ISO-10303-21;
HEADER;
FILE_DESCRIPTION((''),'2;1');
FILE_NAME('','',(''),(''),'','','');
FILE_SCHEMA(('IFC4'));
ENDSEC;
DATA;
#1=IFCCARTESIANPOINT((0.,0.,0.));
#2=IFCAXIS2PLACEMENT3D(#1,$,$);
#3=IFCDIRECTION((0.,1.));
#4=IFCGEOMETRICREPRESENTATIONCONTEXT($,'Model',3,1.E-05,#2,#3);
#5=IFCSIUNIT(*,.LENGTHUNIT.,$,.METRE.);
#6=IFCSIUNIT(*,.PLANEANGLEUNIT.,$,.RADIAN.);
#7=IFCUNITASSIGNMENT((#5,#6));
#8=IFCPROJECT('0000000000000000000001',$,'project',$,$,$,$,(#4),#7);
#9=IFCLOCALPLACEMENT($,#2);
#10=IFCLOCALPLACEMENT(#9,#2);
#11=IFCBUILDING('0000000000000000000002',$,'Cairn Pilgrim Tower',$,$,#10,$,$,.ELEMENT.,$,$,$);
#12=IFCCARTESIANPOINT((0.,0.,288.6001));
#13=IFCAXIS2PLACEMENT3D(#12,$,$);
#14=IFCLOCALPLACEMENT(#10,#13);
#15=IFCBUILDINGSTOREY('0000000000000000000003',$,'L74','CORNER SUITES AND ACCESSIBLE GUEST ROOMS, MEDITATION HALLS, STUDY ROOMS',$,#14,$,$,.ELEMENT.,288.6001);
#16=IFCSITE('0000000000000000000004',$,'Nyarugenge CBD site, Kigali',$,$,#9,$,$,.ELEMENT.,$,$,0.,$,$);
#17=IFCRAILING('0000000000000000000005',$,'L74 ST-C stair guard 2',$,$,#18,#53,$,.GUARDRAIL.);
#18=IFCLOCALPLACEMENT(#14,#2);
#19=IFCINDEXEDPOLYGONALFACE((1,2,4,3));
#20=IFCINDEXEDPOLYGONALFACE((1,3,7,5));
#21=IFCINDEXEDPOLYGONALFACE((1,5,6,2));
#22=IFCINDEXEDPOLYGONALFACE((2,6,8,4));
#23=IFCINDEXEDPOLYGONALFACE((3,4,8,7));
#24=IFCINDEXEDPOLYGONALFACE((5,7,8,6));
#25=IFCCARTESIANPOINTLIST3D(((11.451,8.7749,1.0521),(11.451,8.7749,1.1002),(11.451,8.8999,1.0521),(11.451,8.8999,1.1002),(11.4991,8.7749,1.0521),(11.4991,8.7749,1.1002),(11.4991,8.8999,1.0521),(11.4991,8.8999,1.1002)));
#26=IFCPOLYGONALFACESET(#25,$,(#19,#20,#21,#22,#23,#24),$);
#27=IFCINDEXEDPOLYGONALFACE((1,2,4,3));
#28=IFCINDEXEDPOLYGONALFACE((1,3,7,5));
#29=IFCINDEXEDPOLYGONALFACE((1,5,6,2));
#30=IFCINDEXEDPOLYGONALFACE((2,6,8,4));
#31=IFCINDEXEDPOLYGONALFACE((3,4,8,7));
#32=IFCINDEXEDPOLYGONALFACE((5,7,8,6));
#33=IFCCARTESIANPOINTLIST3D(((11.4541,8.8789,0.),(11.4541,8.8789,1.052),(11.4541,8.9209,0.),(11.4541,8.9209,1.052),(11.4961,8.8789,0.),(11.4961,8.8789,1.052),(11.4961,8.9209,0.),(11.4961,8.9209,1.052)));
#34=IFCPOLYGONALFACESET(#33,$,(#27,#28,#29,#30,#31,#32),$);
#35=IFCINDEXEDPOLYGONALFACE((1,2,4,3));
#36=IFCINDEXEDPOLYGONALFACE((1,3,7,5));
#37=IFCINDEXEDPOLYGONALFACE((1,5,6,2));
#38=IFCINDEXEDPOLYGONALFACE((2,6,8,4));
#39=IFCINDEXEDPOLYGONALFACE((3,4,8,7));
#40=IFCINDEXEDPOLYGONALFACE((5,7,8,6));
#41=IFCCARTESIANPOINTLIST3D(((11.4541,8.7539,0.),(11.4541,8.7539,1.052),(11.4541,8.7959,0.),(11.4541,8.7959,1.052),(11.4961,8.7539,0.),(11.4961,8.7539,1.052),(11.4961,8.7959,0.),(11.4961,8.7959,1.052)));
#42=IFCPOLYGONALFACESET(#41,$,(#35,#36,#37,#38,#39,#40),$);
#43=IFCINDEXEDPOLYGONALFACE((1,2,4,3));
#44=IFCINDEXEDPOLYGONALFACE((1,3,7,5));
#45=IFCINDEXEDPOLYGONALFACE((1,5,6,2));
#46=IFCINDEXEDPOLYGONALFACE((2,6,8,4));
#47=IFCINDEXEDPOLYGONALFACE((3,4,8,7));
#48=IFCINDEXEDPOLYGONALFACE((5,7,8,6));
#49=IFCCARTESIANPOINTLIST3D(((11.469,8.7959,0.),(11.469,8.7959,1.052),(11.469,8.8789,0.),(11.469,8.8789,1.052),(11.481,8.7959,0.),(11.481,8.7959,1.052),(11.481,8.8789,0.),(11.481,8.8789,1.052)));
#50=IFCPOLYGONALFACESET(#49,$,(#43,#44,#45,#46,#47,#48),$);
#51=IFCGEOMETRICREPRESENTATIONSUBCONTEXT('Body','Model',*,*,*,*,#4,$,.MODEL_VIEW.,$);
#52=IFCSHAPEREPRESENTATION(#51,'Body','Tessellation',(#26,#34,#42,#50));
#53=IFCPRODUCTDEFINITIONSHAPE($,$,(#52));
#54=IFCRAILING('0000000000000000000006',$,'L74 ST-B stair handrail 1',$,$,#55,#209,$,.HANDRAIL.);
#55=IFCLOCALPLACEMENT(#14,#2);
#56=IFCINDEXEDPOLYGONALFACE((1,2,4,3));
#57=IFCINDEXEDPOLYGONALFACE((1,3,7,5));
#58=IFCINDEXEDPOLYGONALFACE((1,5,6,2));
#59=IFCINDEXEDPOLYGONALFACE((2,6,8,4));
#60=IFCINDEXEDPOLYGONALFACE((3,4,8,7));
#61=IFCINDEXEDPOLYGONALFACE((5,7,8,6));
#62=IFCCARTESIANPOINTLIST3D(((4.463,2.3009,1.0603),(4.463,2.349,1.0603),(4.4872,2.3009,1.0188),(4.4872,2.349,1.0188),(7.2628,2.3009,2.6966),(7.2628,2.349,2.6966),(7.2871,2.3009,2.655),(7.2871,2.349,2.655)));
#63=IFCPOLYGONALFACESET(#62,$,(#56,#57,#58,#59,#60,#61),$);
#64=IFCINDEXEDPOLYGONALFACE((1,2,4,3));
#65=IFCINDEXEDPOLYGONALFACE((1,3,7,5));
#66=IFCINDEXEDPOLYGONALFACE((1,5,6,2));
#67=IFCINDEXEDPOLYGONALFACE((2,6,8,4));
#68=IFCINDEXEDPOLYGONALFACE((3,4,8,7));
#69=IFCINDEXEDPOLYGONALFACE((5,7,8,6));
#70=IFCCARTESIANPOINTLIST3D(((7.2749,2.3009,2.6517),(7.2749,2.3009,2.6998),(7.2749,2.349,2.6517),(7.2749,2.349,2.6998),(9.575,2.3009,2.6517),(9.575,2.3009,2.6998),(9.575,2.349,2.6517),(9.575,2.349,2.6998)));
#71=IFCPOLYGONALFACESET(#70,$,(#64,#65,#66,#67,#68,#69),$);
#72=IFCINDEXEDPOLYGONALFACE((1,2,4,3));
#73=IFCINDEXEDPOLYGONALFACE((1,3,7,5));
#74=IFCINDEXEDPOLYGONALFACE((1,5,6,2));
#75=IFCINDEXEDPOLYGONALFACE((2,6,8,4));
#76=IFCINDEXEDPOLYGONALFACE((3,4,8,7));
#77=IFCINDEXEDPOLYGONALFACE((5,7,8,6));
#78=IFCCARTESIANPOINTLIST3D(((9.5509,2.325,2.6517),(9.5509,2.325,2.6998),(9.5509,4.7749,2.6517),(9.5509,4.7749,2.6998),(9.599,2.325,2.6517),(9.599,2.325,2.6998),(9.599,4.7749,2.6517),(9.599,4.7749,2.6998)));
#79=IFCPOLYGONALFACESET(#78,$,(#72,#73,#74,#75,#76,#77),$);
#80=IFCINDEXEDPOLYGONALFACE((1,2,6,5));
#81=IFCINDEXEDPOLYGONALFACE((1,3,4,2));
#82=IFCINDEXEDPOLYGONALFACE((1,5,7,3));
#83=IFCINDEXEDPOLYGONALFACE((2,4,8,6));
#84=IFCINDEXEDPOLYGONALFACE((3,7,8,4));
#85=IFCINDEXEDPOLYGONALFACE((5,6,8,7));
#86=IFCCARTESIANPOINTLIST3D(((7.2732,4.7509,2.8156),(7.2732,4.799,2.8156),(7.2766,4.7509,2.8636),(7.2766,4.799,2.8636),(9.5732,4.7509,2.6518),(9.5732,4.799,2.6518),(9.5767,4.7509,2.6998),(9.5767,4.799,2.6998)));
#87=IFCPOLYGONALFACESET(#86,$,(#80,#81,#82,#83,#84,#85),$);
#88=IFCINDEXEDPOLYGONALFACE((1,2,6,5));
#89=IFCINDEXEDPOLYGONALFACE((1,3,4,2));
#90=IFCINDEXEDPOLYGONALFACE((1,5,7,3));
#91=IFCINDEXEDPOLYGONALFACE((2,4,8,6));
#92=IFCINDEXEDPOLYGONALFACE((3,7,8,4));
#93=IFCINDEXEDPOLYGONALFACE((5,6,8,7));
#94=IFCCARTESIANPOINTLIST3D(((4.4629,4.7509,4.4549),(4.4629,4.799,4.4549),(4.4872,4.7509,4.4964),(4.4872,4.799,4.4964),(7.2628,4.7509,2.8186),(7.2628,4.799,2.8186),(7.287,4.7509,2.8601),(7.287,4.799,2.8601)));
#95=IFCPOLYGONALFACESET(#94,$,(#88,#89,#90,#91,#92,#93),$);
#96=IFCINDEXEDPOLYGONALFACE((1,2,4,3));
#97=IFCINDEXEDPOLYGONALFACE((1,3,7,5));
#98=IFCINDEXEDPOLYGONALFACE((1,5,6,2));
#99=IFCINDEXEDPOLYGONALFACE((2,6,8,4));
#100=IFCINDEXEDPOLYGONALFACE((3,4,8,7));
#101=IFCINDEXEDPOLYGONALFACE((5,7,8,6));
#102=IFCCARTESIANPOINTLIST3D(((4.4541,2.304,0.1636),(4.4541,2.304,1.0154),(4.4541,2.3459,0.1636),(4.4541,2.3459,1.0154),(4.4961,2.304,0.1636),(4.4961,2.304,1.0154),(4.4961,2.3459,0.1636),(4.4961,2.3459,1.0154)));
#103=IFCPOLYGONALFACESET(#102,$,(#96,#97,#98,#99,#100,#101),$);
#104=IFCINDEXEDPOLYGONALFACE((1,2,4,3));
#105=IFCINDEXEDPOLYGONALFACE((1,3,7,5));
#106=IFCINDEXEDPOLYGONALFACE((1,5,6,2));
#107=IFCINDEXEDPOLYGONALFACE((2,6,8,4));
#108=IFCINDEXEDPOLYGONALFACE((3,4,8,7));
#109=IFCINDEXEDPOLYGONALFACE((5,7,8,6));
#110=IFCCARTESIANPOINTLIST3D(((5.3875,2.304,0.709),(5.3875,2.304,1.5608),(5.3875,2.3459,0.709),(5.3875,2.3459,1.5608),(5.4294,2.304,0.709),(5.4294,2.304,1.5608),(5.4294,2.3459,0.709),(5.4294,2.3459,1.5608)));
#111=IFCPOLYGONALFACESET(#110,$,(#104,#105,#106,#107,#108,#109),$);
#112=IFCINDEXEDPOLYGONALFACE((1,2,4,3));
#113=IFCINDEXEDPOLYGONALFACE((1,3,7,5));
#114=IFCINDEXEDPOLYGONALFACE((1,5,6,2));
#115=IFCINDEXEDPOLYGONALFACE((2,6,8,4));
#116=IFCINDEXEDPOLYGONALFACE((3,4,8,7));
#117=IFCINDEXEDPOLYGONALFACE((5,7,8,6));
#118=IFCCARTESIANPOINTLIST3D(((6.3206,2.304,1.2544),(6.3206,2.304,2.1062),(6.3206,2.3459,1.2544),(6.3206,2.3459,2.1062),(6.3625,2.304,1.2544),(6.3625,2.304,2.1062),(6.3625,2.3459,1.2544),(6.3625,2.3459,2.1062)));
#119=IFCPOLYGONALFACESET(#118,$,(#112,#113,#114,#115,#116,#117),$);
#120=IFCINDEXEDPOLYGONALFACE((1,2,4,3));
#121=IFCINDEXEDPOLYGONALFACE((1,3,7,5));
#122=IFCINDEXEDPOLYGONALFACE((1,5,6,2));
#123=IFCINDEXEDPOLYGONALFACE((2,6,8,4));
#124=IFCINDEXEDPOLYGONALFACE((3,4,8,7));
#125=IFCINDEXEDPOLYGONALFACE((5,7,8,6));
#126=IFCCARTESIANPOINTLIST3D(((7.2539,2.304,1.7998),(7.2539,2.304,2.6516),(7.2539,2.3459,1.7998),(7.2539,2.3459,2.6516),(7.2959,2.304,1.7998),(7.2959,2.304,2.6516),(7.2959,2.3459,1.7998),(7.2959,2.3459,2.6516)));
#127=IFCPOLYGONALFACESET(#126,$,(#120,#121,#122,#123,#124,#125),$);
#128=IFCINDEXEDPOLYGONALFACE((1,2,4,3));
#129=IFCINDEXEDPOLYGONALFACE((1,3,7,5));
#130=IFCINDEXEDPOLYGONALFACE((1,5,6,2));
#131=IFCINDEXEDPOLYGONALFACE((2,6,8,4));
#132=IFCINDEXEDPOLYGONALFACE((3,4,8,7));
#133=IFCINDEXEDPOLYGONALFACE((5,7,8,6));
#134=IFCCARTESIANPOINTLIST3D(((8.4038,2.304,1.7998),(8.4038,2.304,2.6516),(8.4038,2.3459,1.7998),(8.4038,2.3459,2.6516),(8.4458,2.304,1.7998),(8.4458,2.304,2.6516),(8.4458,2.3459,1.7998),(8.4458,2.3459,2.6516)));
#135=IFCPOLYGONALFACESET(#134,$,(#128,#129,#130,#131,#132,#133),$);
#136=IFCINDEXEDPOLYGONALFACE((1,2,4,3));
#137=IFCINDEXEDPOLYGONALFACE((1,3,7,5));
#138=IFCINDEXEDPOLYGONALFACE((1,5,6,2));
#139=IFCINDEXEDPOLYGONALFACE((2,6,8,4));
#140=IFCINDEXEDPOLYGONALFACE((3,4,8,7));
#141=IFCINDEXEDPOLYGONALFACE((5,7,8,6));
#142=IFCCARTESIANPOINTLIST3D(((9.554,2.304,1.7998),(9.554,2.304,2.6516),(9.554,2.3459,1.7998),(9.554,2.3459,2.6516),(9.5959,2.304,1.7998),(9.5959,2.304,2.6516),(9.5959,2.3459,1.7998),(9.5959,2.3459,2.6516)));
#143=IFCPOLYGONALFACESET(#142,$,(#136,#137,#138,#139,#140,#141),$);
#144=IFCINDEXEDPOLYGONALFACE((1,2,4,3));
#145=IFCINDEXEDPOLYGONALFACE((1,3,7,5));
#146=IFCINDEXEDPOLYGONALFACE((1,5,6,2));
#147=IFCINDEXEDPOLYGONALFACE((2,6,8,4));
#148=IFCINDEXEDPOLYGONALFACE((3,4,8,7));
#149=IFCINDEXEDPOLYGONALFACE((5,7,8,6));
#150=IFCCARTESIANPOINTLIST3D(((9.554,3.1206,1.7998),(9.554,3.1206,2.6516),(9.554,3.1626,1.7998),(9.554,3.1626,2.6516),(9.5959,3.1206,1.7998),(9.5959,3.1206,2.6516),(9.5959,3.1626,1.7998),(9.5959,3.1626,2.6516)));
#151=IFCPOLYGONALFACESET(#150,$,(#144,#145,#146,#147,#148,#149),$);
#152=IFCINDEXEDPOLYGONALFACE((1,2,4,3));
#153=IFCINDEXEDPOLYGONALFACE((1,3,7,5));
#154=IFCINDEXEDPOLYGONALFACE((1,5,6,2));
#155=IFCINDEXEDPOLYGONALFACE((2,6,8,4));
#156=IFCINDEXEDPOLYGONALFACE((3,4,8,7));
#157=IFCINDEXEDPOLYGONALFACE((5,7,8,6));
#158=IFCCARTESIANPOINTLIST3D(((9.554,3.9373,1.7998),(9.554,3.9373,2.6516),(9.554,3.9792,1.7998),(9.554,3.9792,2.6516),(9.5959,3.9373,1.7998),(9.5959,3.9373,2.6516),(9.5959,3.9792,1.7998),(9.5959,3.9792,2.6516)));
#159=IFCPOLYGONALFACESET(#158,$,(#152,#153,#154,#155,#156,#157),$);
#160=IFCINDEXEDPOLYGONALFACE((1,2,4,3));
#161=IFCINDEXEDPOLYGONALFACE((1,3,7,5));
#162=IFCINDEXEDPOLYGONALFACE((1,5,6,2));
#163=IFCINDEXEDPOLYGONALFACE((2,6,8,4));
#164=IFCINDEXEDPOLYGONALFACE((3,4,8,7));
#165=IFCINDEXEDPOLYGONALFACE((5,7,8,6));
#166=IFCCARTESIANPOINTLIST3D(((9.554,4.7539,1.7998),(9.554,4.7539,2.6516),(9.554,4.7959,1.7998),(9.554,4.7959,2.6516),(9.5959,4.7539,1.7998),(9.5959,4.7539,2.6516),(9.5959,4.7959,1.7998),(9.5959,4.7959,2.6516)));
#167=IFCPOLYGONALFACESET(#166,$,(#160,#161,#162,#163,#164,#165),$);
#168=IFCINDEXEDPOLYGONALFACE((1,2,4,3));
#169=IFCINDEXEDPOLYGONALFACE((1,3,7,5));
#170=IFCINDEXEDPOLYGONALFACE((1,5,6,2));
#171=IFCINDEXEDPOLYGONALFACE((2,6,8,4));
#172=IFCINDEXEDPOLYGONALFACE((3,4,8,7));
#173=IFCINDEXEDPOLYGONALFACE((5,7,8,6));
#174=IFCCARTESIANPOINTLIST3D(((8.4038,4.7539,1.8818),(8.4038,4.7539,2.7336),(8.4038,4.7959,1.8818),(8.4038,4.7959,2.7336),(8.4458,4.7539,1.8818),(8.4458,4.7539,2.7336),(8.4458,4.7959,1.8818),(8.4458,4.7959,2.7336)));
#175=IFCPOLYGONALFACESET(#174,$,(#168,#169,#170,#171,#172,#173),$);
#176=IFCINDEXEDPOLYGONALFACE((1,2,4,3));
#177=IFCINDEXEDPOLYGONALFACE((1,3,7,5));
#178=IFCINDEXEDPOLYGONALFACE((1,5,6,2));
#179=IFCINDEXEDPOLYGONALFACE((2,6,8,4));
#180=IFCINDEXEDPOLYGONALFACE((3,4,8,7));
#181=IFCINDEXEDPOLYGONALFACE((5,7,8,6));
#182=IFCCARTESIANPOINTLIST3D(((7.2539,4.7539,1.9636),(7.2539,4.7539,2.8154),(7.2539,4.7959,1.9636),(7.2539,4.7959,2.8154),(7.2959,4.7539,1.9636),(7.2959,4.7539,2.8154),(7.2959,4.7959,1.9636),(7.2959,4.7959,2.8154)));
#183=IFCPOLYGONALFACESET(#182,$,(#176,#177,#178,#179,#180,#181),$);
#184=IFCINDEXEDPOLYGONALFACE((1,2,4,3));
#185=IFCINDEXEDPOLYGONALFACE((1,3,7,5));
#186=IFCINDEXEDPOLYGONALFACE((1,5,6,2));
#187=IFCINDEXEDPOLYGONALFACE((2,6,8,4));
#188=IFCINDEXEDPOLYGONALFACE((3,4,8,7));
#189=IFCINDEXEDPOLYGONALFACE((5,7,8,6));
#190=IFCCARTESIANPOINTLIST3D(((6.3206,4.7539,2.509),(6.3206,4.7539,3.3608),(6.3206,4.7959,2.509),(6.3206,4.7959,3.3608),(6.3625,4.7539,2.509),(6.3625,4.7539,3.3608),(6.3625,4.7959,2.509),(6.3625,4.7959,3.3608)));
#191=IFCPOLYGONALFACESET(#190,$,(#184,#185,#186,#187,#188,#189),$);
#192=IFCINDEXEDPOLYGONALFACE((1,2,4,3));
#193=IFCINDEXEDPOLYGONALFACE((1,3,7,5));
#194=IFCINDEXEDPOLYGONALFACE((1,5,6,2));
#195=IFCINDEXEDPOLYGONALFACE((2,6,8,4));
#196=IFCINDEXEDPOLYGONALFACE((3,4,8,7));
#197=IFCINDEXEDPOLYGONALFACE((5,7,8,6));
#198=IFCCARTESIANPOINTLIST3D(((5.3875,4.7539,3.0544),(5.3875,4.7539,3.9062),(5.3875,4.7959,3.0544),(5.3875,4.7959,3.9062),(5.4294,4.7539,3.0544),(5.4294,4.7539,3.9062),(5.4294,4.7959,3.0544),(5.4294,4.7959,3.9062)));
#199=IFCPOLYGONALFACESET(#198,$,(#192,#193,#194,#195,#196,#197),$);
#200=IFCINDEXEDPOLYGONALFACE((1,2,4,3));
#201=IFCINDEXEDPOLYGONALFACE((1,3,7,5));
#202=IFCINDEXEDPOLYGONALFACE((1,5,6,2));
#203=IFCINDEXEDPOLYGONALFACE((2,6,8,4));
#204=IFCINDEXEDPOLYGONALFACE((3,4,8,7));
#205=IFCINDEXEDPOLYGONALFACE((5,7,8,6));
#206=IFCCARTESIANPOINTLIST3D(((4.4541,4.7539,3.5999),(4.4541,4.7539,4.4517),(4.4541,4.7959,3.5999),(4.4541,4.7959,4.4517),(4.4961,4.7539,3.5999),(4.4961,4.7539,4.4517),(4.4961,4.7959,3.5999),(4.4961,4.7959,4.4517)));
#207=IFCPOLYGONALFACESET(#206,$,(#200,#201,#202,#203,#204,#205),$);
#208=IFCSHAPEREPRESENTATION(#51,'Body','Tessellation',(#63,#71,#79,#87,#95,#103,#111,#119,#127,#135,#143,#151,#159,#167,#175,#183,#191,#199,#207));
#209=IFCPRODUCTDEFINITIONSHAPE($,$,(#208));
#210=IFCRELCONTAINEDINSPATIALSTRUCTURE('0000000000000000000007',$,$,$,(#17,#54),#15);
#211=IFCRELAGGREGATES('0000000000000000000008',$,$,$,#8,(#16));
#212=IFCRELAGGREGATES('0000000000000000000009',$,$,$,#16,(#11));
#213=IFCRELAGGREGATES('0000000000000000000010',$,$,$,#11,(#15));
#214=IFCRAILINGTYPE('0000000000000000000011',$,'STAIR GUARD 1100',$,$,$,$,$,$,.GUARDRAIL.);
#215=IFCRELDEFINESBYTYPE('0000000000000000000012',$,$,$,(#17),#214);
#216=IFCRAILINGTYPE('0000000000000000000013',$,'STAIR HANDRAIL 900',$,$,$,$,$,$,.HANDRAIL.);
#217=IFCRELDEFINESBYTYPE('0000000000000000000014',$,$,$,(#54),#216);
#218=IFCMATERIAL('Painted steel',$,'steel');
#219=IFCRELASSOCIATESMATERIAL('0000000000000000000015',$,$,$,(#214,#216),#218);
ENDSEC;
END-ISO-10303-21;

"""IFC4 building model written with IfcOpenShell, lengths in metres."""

from ifc_helpers import new_model, si_unit, direction, frame, origin, origin_2d, place, context, subcontext, project, spatial, polyline, rectangle, outline, extrude, material, type_object, element, save


model = new_model("IFC4")

# Units and contexts
model_context = context("Model", 3, precision=1e-05, world=origin(), true_north=direction((0.0, 1.0)))
body_context = subcontext(model_context, "Body", "Model", "MODEL_VIEW")
ifc_project = project(units=[si_unit("LENGTHUNIT", "METRE"), si_unit("PLANEANGLEUNIT", "RADIAN")], contexts=[model_context])

# Site, building, storey
site_placement = place(None, origin())
site = spatial("IfcSite", under=ifc_project, at=site_placement, Name="Nyarugenge CBD site, Kigali", CompositionType="ELEMENT", RefElevation=0.0)
building_placement = place(site_placement, origin())
building = spatial("IfcBuilding", under=site, at=building_placement, Name="Cairn Pilgrim Tower", CompositionType="ELEMENT")
storey_placement = place(building_placement, frame((0.0, 0.0, 288.6001)))
storey = spatial("IfcBuildingStorey", under=building, at=storey_placement, Name="L74", Description="CORNER SUITES AND ACCESSIBLE GUEST ROOMS, MEDITATION HALLS, STUDY ROOMS", CompositionType="ELEMENT", Elevation=288.6001)

# Shared definitions
ifc_material_1 = material(Name="Painted steel", Category="steel")

# Railings
railing_type_1 = type_object("IfcRailingType", Name="STAIR GUARD 1100", PredefinedType="GUARDRAIL", material=ifc_material_1)
railing_1_placement = place(storey_placement, frame((11.4751, 8.8999, 0.0)))
element("IfcRailing", 1, at=railing_1_placement, inside=storey, type_object=railing_type_1, Name="L74 ST-C stair guard 2", PredefinedType="GUARDRAIL", context=body_context, shape_type="SweptSolid", body=[
    extrude(rectangle(XDim=0.0481, YDim=0.0481, at=origin_2d()), frame((0.0, 0.0, 1.0762), z_axis=(0.0, -1.0, 0.0), x_axis=(1.0, 0.0, 0.0)), (0.0, 0.0, 1.0), 0.125),
    extrude(rectangle(XDim=0.042, YDim=0.042, at=origin_2d()), origin(), (0.0, 0.0, 1.0), 1.052),
    extrude(rectangle(XDim=0.042, YDim=0.042, at=origin_2d()), frame((0.0, -0.125, 0.0)), (0.0, 0.0, 1.0), 1.052),
    extrude(outline(polyline([(0.021, 0.0), (0.104, 0.0), (0.104, 1.052), (0.021, 1.052), (0.021, 0.0)])), frame((0.0059, 0.0, 0.0), z_axis=(-1.0, 0.0, 0.0), x_axis=(0.0, -1.0, 0.0)), (0.0, 0.0, 1.0), 0.012),
])
railing_type_2 = type_object("IfcRailingType", Name="STAIR HANDRAIL 900", PredefinedType="HANDRAIL", material=ifc_material_1)
railing_2_placement = place(storey_placement, frame((4.4751, 2.325, 0.1636)))
element("IfcRailing", 2, at=railing_2_placement, inside=storey, type_object=railing_type_2, Name="L74 ST-B stair handrail 1", PredefinedType="HANDRAIL", context=body_context, shape_type="SweptSolid", body=[
    extrude(rectangle(XDim=0.0481, YDim=0.0481, at=origin_2d()), frame((0.0, 0.0, 0.876), z_axis=(0.863374, 0.0, 0.504564), x_axis=(0.0, 1.0, 0.0)), (0.0, 0.0, 1.0), 3.2429),
    extrude(rectangle(XDim=0.0481, YDim=0.0481, at=origin_2d()), frame((2.7998, 0.0, 2.5122), z_axis=(1.0, 0.0, 0.0), x_axis=(0.0, 1.0, 0.0)), (0.0, 0.0, 1.0), 2.3),
    extrude(rectangle(XDim=0.0481, YDim=0.0481, at=origin_2d()), frame((5.0999, 0.0, 2.5122), z_axis=(0.0, 1.0, 0.0), x_axis=(-1.0, 0.0, 0.0)), (0.0, 0.0, 1.0), 2.45),
    extrude(rectangle(XDim=0.0481, YDim=0.0481, at=origin_2d()), frame((5.0999, 2.45, 2.5122), z_axis=(-0.997473, 0.0, 0.071044), x_axis=(0.0, -1.0, 0.0)), (0.0, 0.0, 1.0), 2.3059),
    extrude(rectangle(XDim=0.0481, YDim=0.0481, at=origin_2d()), frame((2.7998, 2.45, 2.6758), z_axis=(-0.863374, 0.0, 0.504564), x_axis=(0.0, -1.0, 0.0)), (0.0, 0.0, 1.0), 3.2429),
    extrude(rectangle(XDim=0.042, YDim=0.042, at=origin_2d()), origin(), (0.0, 0.0, 1.0), 0.8518),
    extrude(rectangle(XDim=0.042, YDim=0.042, at=origin_2d()), frame((0.9333, 0.0, 0.5454)), (0.0, 0.0, 1.0), 0.8518),
    extrude(rectangle(XDim=0.042, YDim=0.042, at=origin_2d()), frame((1.8665, 0.0, 1.0908)), (0.0, 0.0, 1.0), 0.8518),
    extrude(rectangle(XDim=0.042, YDim=0.042, at=origin_2d()), frame((2.7998, 0.0, 1.6362)), (0.0, 0.0, 1.0), 0.8518),
    extrude(rectangle(XDim=0.042, YDim=0.042, at=origin_2d()), frame((3.9497, 0.0, 1.6362)), (0.0, 0.0, 1.0), 0.8518),
    extrude(rectangle(XDim=0.042, YDim=0.042, at=origin_2d()), frame((5.0999, 0.0, 1.6362)), (0.0, 0.0, 1.0), 0.8518),
    extrude(rectangle(XDim=0.042, YDim=0.042, at=origin_2d()), frame((5.0999, 0.8167, 1.6362)), (0.0, 0.0, 1.0), 0.8518),
    extrude(rectangle(XDim=0.042, YDim=0.042, at=origin_2d()), frame((5.0999, 1.6333, 1.6362)), (0.0, 0.0, 1.0), 0.8518),
    extrude(rectangle(XDim=0.042, YDim=0.042, at=origin_2d()), frame((5.0999, 2.45, 1.6362)), (0.0, 0.0, 1.0), 0.8518),
    extrude(rectangle(XDim=0.042, YDim=0.042, at=origin_2d()), frame((3.9497, 2.45, 1.7183)), (0.0, 0.0, 1.0), 0.8518),
    extrude(rectangle(XDim=0.042, YDim=0.042, at=origin_2d()), frame((2.7998, 2.45, 1.8)), (0.0, 0.0, 1.0), 0.8518),
    extrude(rectangle(XDim=0.042, YDim=0.042, at=origin_2d()), frame((1.8665, 2.45, 2.3455)), (0.0, 0.0, 1.0), 0.8518),
    extrude(rectangle(XDim=0.042, YDim=0.042, at=origin_2d()), frame((0.9333, 2.45, 2.8909)), (0.0, 0.0, 1.0), 0.8518),
    extrude(rectangle(XDim=0.042, YDim=0.042, at=origin_2d()), frame((0.0, 2.45, 3.4363)), (0.0, 0.0, 1.0), 0.8518),
])

save(model, "model.ifc")
